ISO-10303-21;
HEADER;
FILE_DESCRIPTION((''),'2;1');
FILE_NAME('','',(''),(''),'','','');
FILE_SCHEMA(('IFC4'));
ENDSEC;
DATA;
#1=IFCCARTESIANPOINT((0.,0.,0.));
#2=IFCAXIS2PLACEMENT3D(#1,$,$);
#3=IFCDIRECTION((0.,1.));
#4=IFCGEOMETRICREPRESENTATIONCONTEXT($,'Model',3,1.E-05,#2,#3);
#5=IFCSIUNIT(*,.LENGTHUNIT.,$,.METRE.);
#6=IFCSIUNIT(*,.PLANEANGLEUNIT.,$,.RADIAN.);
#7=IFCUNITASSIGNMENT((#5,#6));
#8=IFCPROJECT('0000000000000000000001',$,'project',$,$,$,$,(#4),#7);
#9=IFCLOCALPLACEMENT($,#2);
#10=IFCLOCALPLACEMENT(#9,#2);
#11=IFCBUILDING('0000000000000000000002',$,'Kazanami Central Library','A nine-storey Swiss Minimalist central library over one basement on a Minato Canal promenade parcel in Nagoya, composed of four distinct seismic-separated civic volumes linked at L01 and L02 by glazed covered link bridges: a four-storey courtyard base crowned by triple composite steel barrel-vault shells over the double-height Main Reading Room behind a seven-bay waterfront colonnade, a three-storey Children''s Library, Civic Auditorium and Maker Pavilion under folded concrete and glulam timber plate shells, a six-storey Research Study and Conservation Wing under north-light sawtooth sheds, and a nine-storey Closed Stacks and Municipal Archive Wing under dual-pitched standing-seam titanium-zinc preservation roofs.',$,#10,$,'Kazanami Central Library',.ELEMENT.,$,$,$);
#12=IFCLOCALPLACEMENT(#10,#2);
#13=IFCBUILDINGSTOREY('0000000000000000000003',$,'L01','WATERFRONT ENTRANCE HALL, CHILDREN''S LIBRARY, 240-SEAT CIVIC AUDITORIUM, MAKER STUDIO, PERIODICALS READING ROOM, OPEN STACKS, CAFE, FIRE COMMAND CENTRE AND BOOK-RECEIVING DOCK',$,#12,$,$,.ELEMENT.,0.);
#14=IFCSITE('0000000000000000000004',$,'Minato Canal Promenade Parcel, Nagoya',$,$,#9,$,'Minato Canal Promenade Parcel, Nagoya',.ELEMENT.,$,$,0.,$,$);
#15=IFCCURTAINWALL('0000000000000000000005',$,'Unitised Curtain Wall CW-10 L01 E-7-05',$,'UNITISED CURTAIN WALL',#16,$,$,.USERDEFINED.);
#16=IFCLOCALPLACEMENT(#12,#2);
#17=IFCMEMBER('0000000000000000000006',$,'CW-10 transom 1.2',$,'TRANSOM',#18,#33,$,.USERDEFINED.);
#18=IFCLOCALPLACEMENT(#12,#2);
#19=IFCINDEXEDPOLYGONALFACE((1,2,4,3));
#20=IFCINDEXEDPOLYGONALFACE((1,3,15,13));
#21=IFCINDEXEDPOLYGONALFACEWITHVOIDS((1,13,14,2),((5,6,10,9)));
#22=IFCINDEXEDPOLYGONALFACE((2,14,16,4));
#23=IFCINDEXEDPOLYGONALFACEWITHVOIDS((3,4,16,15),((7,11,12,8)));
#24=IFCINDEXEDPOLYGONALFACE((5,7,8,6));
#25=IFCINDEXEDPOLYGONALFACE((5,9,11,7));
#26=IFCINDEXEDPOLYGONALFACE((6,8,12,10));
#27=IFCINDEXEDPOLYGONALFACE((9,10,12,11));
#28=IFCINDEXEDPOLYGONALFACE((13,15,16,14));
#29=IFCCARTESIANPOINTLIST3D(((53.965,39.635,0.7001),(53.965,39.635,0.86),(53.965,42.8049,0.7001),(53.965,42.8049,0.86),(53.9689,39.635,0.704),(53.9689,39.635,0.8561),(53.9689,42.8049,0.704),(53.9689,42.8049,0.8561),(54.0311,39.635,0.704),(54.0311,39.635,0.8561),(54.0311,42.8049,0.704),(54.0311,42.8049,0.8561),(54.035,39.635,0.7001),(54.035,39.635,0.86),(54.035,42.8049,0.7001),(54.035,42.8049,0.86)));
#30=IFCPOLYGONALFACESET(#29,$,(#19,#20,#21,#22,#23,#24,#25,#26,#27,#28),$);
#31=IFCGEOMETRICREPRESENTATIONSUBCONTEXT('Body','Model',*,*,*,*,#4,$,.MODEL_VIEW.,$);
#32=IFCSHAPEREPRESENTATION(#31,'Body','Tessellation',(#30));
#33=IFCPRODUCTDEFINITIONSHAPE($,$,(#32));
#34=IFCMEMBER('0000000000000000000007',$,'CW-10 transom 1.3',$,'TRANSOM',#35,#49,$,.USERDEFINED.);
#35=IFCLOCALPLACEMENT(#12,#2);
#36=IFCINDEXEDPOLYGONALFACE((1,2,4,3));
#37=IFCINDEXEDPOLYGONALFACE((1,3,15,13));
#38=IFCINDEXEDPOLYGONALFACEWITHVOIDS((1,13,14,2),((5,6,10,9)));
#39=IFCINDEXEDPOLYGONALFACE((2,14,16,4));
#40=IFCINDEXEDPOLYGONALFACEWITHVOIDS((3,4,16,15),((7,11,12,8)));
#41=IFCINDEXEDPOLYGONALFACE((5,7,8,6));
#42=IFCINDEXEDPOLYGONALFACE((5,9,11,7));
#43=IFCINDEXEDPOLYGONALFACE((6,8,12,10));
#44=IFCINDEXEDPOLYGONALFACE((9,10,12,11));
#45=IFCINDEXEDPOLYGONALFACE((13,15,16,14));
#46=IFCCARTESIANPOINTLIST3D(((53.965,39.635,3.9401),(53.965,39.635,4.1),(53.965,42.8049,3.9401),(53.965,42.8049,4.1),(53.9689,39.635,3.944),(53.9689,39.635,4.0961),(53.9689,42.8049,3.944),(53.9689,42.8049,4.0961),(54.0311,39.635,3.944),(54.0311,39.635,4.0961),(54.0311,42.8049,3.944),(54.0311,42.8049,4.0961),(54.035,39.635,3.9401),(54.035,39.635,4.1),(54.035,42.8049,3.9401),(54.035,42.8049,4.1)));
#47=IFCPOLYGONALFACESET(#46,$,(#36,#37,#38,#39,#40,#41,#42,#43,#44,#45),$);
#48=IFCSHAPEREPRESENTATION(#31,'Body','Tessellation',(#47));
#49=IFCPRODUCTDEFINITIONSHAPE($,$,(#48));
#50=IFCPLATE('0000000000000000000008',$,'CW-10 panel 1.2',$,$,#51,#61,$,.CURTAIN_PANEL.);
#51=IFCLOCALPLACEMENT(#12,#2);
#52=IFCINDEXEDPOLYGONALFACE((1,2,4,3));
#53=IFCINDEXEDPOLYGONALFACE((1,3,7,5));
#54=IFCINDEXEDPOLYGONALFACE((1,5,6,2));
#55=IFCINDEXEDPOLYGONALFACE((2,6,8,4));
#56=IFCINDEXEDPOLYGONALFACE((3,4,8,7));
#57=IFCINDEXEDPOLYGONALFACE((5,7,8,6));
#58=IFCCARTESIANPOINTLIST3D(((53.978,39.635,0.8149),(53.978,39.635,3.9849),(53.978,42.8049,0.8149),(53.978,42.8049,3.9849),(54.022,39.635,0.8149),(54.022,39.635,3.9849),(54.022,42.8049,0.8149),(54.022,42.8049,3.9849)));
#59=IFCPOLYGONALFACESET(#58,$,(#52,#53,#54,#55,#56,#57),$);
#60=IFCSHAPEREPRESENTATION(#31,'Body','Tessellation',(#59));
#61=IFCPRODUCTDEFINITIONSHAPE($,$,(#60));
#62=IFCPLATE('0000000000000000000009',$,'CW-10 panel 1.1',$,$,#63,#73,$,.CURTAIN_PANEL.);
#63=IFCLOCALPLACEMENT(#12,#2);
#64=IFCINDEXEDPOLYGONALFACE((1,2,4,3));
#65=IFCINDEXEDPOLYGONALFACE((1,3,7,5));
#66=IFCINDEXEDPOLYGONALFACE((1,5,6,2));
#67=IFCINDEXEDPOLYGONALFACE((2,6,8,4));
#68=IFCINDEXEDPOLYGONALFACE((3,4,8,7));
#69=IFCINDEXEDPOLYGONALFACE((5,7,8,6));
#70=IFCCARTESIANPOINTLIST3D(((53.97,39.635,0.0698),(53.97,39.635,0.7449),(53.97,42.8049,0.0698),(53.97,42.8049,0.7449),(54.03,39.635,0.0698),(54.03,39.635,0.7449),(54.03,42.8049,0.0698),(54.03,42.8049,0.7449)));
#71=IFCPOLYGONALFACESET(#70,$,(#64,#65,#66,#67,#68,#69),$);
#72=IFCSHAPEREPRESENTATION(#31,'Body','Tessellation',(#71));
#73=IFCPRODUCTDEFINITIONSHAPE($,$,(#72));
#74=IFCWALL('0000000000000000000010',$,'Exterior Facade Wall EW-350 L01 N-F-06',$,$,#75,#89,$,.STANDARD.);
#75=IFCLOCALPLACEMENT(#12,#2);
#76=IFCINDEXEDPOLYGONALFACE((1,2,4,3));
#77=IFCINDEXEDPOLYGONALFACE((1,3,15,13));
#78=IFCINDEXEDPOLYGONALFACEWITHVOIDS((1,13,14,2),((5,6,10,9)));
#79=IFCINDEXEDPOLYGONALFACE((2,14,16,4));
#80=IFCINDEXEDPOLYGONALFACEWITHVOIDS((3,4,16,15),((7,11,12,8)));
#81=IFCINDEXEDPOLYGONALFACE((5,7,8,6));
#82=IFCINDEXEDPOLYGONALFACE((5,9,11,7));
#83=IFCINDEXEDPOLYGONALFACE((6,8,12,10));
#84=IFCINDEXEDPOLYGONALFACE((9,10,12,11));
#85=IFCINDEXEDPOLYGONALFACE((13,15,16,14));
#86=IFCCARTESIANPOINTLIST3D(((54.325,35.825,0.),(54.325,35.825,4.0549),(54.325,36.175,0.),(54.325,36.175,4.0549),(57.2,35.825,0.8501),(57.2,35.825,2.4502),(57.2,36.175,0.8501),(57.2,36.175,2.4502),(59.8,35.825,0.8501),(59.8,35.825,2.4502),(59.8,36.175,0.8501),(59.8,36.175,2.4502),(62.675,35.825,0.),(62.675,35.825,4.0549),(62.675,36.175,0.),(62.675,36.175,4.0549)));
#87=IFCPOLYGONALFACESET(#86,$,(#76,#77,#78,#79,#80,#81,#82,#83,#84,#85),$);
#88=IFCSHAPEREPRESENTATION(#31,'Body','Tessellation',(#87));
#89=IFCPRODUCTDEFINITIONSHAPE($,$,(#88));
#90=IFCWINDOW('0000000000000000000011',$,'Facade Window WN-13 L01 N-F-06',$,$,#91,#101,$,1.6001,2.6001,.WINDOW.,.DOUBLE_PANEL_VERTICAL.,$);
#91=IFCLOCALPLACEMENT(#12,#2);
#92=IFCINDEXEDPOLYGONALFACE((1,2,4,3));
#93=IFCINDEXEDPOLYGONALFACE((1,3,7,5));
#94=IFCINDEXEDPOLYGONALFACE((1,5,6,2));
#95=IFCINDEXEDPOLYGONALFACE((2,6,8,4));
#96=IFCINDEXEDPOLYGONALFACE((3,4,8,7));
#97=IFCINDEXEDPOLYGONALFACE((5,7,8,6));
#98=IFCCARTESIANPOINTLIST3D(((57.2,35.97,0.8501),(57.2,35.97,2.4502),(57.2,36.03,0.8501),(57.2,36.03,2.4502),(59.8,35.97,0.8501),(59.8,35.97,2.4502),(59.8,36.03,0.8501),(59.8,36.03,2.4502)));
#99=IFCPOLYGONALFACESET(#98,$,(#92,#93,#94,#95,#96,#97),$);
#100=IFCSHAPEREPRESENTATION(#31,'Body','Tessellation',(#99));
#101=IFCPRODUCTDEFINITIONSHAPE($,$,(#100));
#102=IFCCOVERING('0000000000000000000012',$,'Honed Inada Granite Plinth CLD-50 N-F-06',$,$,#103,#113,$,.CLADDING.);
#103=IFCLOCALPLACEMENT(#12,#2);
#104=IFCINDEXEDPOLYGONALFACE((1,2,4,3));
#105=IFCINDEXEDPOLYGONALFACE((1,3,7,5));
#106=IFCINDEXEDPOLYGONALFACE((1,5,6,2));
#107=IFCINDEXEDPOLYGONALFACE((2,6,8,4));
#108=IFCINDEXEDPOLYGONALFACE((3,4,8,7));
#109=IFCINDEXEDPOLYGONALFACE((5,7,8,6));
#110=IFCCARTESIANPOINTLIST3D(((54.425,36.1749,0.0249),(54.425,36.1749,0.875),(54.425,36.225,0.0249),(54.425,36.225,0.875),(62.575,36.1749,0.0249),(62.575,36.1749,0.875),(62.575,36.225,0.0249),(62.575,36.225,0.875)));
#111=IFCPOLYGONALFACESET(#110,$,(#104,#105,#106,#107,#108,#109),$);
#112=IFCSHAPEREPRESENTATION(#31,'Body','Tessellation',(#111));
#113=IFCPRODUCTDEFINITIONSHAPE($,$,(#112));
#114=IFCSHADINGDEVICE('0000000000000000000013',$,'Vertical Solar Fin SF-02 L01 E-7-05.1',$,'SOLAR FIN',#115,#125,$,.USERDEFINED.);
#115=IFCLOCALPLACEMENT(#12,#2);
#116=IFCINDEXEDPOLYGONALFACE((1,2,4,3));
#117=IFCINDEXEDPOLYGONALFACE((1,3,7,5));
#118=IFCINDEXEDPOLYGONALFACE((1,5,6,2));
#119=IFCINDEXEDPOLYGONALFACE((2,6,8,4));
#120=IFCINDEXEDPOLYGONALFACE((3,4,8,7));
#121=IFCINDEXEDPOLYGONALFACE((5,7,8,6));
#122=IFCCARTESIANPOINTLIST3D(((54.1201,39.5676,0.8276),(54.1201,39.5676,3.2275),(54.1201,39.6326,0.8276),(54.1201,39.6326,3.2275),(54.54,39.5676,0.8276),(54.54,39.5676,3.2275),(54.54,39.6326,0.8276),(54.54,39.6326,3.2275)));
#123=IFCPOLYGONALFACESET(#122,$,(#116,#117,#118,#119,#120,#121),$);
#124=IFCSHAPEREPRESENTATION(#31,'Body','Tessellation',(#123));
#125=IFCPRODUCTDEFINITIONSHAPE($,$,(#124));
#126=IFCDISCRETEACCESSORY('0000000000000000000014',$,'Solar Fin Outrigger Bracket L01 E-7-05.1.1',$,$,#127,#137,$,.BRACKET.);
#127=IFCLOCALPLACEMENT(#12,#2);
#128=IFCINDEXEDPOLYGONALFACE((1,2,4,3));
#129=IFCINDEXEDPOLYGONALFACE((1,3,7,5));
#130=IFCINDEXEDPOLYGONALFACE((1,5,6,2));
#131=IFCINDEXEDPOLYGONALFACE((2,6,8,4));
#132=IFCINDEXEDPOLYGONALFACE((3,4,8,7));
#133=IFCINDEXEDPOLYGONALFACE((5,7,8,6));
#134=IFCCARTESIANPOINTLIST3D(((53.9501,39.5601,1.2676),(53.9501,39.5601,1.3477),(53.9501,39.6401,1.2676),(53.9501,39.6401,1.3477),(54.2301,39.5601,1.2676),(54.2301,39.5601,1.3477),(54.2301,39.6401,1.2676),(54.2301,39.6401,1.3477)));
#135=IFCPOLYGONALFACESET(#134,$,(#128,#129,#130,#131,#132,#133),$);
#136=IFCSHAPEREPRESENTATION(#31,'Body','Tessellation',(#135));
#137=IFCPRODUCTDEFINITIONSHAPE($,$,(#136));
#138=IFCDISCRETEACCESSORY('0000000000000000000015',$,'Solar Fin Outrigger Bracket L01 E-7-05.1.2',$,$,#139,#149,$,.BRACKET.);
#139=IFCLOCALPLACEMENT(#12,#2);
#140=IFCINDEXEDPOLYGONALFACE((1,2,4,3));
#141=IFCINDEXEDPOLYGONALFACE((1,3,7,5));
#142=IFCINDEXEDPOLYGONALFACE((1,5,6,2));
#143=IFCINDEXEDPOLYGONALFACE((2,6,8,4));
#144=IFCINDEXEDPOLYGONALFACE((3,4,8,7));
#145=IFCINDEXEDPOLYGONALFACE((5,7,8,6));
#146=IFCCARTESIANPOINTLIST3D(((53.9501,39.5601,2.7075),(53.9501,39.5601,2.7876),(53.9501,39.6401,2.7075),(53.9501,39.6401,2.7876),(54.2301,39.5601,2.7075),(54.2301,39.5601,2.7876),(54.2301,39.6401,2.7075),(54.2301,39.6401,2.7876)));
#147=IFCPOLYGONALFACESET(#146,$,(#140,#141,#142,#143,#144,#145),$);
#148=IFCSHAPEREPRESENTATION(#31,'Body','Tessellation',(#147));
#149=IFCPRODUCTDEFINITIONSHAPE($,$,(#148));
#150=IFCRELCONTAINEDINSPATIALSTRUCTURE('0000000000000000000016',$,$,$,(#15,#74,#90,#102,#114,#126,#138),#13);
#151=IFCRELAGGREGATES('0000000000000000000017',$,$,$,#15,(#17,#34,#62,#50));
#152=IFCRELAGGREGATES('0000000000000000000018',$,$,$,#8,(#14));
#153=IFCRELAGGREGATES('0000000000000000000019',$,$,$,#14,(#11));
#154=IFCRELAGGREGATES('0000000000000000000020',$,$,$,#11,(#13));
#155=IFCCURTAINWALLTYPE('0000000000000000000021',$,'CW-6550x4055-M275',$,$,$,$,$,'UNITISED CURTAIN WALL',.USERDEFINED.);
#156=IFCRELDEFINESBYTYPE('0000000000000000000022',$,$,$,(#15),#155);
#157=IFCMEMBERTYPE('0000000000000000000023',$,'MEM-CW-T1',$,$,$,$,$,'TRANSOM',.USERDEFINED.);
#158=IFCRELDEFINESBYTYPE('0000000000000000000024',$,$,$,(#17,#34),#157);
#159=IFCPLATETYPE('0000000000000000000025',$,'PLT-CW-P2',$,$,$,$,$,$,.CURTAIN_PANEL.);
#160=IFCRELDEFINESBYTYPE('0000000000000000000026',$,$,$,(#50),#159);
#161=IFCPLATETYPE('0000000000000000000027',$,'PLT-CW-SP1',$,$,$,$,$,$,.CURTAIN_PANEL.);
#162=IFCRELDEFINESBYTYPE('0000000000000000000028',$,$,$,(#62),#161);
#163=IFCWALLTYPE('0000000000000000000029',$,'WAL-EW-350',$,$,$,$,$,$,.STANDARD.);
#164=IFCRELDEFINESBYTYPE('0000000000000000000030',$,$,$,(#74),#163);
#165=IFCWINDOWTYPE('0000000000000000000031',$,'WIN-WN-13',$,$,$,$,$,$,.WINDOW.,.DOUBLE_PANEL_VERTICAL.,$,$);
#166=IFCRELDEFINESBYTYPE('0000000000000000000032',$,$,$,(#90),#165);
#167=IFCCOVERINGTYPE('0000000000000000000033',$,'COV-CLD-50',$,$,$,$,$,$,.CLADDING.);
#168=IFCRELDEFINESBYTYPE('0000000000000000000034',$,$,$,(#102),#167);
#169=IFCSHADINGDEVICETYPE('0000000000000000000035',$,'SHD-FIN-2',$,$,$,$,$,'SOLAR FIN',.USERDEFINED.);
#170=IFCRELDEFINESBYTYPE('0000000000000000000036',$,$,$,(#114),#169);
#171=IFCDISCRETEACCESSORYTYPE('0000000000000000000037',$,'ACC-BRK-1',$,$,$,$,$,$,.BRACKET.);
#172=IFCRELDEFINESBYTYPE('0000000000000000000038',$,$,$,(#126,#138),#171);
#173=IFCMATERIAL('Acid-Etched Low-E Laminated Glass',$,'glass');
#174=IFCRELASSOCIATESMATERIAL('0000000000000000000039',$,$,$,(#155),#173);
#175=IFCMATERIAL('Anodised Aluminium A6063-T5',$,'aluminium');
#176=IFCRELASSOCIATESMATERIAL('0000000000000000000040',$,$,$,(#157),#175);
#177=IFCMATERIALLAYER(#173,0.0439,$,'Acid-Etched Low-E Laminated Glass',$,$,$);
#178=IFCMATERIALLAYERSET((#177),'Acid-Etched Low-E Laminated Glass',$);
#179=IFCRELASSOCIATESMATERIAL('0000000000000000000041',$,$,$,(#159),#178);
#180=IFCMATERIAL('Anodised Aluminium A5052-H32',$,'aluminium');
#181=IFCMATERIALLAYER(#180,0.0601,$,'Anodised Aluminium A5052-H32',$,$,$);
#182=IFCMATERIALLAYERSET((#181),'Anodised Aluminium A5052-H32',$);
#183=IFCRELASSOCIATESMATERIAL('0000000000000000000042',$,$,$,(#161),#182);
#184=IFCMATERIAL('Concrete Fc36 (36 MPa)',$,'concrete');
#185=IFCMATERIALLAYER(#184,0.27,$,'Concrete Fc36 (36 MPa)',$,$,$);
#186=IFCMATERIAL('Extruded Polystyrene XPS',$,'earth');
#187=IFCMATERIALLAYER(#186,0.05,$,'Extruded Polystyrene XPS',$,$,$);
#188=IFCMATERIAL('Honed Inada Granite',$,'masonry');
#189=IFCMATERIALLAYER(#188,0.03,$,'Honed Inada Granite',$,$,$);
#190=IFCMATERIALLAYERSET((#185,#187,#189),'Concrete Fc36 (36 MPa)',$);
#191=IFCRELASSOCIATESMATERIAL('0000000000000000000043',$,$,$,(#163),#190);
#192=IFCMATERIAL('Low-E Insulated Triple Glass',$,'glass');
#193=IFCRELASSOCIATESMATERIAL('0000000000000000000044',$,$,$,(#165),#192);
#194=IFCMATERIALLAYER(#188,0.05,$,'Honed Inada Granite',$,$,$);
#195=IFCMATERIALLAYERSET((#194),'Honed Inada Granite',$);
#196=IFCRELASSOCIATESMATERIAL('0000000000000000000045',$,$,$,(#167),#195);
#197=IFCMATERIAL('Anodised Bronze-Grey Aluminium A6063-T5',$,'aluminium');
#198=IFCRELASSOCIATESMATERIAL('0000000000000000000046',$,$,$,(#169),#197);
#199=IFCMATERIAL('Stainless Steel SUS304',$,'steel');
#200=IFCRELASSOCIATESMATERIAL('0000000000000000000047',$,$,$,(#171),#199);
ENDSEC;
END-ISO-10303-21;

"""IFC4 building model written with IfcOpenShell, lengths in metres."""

from ifc_helpers import new_model, si_unit, direction, frame, frame_2d, origin, origin_2d, place, context, subcontext, project, spatial, rectangle, hollow_rectangle, extrude, material, layer, layer_set, material_profile, profile_set, type_object, element, fill, aggregate, save


model = new_model("IFC4")

# Units and contexts
model_context = context("Model", 3, precision=1e-05, world=origin(), true_north=direction((0.0, 1.0)))
body_context = subcontext(model_context, "Body", "Model", "MODEL_VIEW")
ifc_project = project(units=[si_unit("LENGTHUNIT", "METRE"), si_unit("PLANEANGLEUNIT", "RADIAN")], contexts=[model_context])

# Site, building, storey
site_placement = place(None, origin())
site = spatial("IfcSite", under=ifc_project, at=site_placement, Name="Minato Canal Promenade Parcel, Nagoya", LongName="Minato Canal Promenade Parcel, Nagoya", CompositionType="ELEMENT", RefElevation=0.0)
building_placement = place(site_placement, origin())
building = spatial("IfcBuilding", under=site, at=building_placement, Name="Kazanami Central Library", Description="A nine-storey Swiss Minimalist central library over one basement on a Minato Canal promenade parcel in Nagoya, composed of four distinct seismic-separated civic volumes linked at L01 and L02 by glazed covered link bridges: a four-storey courtyard base crowned by triple composite steel barrel-vault shells over the double-height Main Reading Room behind a seven-bay waterfront colonnade, a three-storey Children's Library, Civic Auditorium and Maker Pavilion under folded concrete and glulam timber plate shells, a six-storey Research Study and Conservation Wing under north-light sawtooth sheds, and a nine-storey Closed Stacks and Municipal Archive Wing under dual-pitched standing-seam titanium-zinc preservation roofs.", LongName="Kazanami Central Library", CompositionType="ELEMENT")
storey_placement = place(building_placement, origin())
storey = spatial("IfcBuildingStorey", under=building, at=storey_placement, Name="L01", Description="WATERFRONT ENTRANCE HALL, CHILDREN'S LIBRARY, 240-SEAT CIVIC AUDITORIUM, MAKER STUDIO, PERIODICALS READING ROOM, OPEN STACKS, CAFE, FIRE COMMAND CENTRE AND BOOK-RECEIVING DOCK", CompositionType="ELEMENT", Elevation=0.0)

# Curtain wall, members, plates
ifc_material_1 = material(Name="Acid-Etched Low-E Laminated Glass", Category="glass")
curtain_wall_type = type_object("IfcCurtainWallType", Name="CW-6550x4055-M275", ElementType="UNITISED CURTAIN WALL", PredefinedType="USERDEFINED", material=ifc_material_1)
curtain_wall_placement = place(storey_placement, origin())
curtain_wall = element("IfcCurtainWall", 1, at=curtain_wall_placement, inside=storey, type_object=curtain_wall_type, Name="Unitised Curtain Wall CW-10 L01 E-7-05", ObjectType="UNITISED CURTAIN WALL", PredefinedType="USERDEFINED")
ifc_material_2 = material(Name="Anodised Aluminium A6063-T5", Category="aluminium")
ifc_material_profile_1 = material_profile(ifc_material_2, hollow_rectangle(XDim=0.0701, YDim=0.1599, WallThickness=0.0039, at=origin_2d()), Name="ALU-TRAN-70x160x4")
ifc_profile_set_1 = profile_set([ifc_material_profile_1], Name="Anodised Aluminium A6063-T5")
member_type_1 = type_object("IfcMemberType", Name="MEM-CW-T1", ElementType="TRANSOM", PredefinedType="USERDEFINED", material=ifc_profile_set_1)
member_1_placement = place(storey_placement, frame((54.0, 42.8049, 0.78), z_axis=(0.0, -1.0, 0.0), x_axis=(1.0, 0.0, 0.0)))
member_1 = element("IfcMember", 2, at=member_1_placement, type_object=member_type_1, Name="CW-10 transom 1.2", ObjectType="TRANSOM", PredefinedType="USERDEFINED", context=body_context, shape_type="SweptSolid", body=[
    extrude(hollow_rectangle(XDim=0.0701, YDim=0.1599, WallThickness=0.0039, at=origin_2d()), origin(), (0.0, 0.0, 1.0), 3.1699),
])
member_2_placement = place(storey_placement, frame((54.0, 42.8049, 4.02), z_axis=(0.0, -1.0, 0.0), x_axis=(1.0, 0.0, 0.0)))
member_2 = element("IfcMember", 3, at=member_2_placement, type_object=member_type_1, Name="CW-10 transom 1.3", ObjectType="TRANSOM", PredefinedType="USERDEFINED", context=body_context, shape_type="SweptSolid", body=[
    extrude(hollow_rectangle(XDim=0.0701, YDim=0.1599, WallThickness=0.0039, at=origin_2d()), origin(), (0.0, 0.0, 1.0), 3.1699),
])
ifc_layer_1 = layer(ifc_material_1, 0.0439, Name="Acid-Etched Low-E Laminated Glass")
ifc_layer_set_1 = layer_set([ifc_layer_1], Name="Acid-Etched Low-E Laminated Glass")
plate_type_1 = type_object("IfcPlateType", Name="PLT-CW-P2", PredefinedType="CURTAIN_PANEL", material=ifc_layer_set_1)
plate_1_placement = place(storey_placement, frame((54.0, 41.22, 0.8149), z_axis=(0.0, 0.0, 1.0), x_axis=(0.0, -1.0, 0.0)))
plate_1 = element("IfcPlate", 4, at=plate_1_placement, type_object=plate_type_1, Name="CW-10 panel 1.2", PredefinedType="CURTAIN_PANEL", context=body_context, shape_type="SweptSolid", body=[
    extrude(rectangle(XDim=3.1699, YDim=0.0439, at=origin_2d()), origin(), (0.0, 0.0, 1.0), 3.1699),
])
ifc_material_3 = material(Name="Anodised Aluminium A5052-H32", Category="aluminium")
ifc_layer_2 = layer(ifc_material_3, 0.0601, Name="Anodised Aluminium A5052-H32")
ifc_layer_set_2 = layer_set([ifc_layer_2], Name="Anodised Aluminium A5052-H32")
plate_type_2 = type_object("IfcPlateType", Name="PLT-CW-SP1", PredefinedType="CURTAIN_PANEL", material=ifc_layer_set_2)
plate_2_placement = place(storey_placement, frame((54.0, 41.22, 0.0698), z_axis=(0.0, 0.0, 1.0), x_axis=(0.0, -1.0, 0.0)))
plate_2 = element("IfcPlate", 5, at=plate_2_placement, type_object=plate_type_2, Name="CW-10 panel 1.1", PredefinedType="CURTAIN_PANEL", context=body_context, shape_type="SweptSolid", body=[
    extrude(rectangle(XDim=3.1699, YDim=0.0601, at=origin_2d()), origin(), (0.0, 0.0, 1.0), 0.675),
])
aggregate(curtain_wall, [member_1, member_2, plate_2, plate_1])

# Wall, opening, window
ifc_material_4 = material(Name="Concrete Fc36 (36 MPa)", Category="concrete")
ifc_layer_3 = layer(ifc_material_4, 0.27, Name="Concrete Fc36 (36 MPa)")
ifc_material_5 = material(Name="Extruded Polystyrene XPS", Category="earth")
ifc_layer_4 = layer(ifc_material_5, 0.05, Name="Extruded Polystyrene XPS")
ifc_material_6 = material(Name="Honed Inada Granite", Category="masonry")
ifc_layer_5 = layer(ifc_material_6, 0.03, Name="Honed Inada Granite")
ifc_layer_set_3 = layer_set([ifc_layer_3, ifc_layer_4, ifc_layer_5], Name="Concrete Fc36 (36 MPa)")
wall_type = type_object("IfcWallType", Name="WAL-EW-350", PredefinedType="STANDARD", material=ifc_layer_set_3)
wall_placement = place(storey_placement, frame((62.675, 36.0, 0.0), z_axis=(0.0, 0.0, 1.0), x_axis=(-1.0, 0.0, 0.0)))
wall = element("IfcWall", 6, at=wall_placement, inside=storey, type_object=wall_type, Name="Exterior Facade Wall EW-350 L01 N-F-06", PredefinedType="STANDARD", context=body_context, shape_type="SweptSolid", body=[
    extrude(rectangle(XDim=8.3501, YDim=0.3501, at=frame_2d((4.175, 0.0))), origin(), (0.0, 0.0, 1.0), 4.0549),
])
opening_placement = place(wall_placement, frame((2.875, 0.0, 0.8501)))
opening = element("IfcOpeningElement", 7, at=opening_placement, cuts=wall, PredefinedType="OPENING", context=body_context, shape_type="SweptSolid", body=[
    extrude(rectangle(XDim=2.6001, YDim=1.6001, at=frame_2d((1.3, 0.8))), frame((0.0, 0.187, 0.0), z_axis=(0.0, -1.0, 0.0), x_axis=(1.0, 0.0, 0.0)), (0.0, 0.0, 1.0), 0.374),
])
ifc_material_7 = material(Name="Low-E Insulated Triple Glass", Category="glass")
window_type = type_object("IfcWindowType", Name="WIN-WN-13", PartitioningType="DOUBLE_PANEL_VERTICAL", PredefinedType="WINDOW", material=ifc_material_7)
window_placement = place(opening_placement, origin())
window = element("IfcWindow", 8, at=window_placement, inside=storey, type_object=window_type, Name="Facade Window WN-13 L01 N-F-06", OverallHeight=1.6001, OverallWidth=2.6001, PartitioningType="DOUBLE_PANEL_VERTICAL", PredefinedType="WINDOW", context=body_context, shape_type="SweptSolid", body=[
    extrude(rectangle(XDim=2.6001, YDim=1.6001, at=frame_2d((1.3, 0.8))), frame((0.0, 0.03, 0.0), z_axis=(0.0, -1.0, 0.0), x_axis=(1.0, 0.0, 0.0)), (0.0, 0.0, 1.0), 0.0601),
])
fill(opening, window)

# Covering
ifc_layer_6 = layer(ifc_material_6, 0.05, Name="Honed Inada Granite")
ifc_layer_set_4 = layer_set([ifc_layer_6], Name="Honed Inada Granite")
covering_type = type_object("IfcCoveringType", Name="COV-CLD-50", PredefinedType="CLADDING", material=ifc_layer_set_4)
covering_placement = place(storey_placement, frame((58.5, 36.2, 0.0249), z_axis=(0.0, 0.0, 1.0), x_axis=(-1.0, 0.0, 0.0)))
element("IfcCovering", 9, at=covering_placement, inside=storey, type_object=covering_type, Name="Honed Inada Granite Plinth CLD-50 N-F-06", PredefinedType="CLADDING", context=body_context, shape_type="SweptSolid", body=[
    extrude(rectangle(XDim=8.1499, YDim=0.05, at=origin_2d()), origin(), (0.0, 0.0, 1.0), 0.8501),
])

# Shading device
ifc_material_8 = material(Name="Anodised Bronze-Grey Aluminium A6063-T5", Category="aluminium")
shading_device_type = type_object("IfcShadingDeviceType", Name="SHD-FIN-2", ElementType="SOLAR FIN", PredefinedType="USERDEFINED", material=ifc_material_8)
shading_device_placement = place(storey_placement, frame((54.3301, 39.6001, 0.8276), z_axis=(0.0, 0.0, 1.0), x_axis=(0.0, -1.0, 0.0)))
element("IfcShadingDevice", 10, at=shading_device_placement, inside=storey, type_object=shading_device_type, Name="Vertical Solar Fin SF-02 L01 E-7-05.1", ObjectType="SOLAR FIN", PredefinedType="USERDEFINED", context=body_context, shape_type="SweptSolid", body=[
    extrude(rectangle(XDim=0.0649, YDim=0.4199, at=origin_2d()), origin(), (0.0, 0.0, 1.0), 2.3999),
])

# Discrete accessories
ifc_material_9 = material(Name="Stainless Steel SUS304", Category="steel")
discrete_accessory_type = type_object("IfcDiscreteAccessoryType", Name="ACC-BRK-1", PredefinedType="BRACKET", material=ifc_material_9)
for number, where, z_axis, x_axis, name in (
    (11, (54.0901, 39.6001, 1.2676), (0.0, 0.0, 1.0), (0.0, -1.0, 0.0), "Solar Fin Outrigger Bracket L01 E-7-05.1.1"),
    (12, (54.0901, 39.6001, 2.7075), (0.0, 0.0, 1.0), (0.0, -1.0, 0.0), "Solar Fin Outrigger Bracket L01 E-7-05.1.2"),
):
    element("IfcDiscreteAccessory", number, at=place(storey_placement, frame(where, z_axis=z_axis, x_axis=x_axis)), inside=storey, type_object=discrete_accessory_type, Name=name, PredefinedType="BRACKET", context=body_context, shape_type="SweptSolid", body=[
        extrude(rectangle(XDim=0.0801, YDim=0.28, at=origin_2d()), origin(), (0.0, 0.0, 1.0), 0.0801),
    ])

save(model, "model.ifc")
